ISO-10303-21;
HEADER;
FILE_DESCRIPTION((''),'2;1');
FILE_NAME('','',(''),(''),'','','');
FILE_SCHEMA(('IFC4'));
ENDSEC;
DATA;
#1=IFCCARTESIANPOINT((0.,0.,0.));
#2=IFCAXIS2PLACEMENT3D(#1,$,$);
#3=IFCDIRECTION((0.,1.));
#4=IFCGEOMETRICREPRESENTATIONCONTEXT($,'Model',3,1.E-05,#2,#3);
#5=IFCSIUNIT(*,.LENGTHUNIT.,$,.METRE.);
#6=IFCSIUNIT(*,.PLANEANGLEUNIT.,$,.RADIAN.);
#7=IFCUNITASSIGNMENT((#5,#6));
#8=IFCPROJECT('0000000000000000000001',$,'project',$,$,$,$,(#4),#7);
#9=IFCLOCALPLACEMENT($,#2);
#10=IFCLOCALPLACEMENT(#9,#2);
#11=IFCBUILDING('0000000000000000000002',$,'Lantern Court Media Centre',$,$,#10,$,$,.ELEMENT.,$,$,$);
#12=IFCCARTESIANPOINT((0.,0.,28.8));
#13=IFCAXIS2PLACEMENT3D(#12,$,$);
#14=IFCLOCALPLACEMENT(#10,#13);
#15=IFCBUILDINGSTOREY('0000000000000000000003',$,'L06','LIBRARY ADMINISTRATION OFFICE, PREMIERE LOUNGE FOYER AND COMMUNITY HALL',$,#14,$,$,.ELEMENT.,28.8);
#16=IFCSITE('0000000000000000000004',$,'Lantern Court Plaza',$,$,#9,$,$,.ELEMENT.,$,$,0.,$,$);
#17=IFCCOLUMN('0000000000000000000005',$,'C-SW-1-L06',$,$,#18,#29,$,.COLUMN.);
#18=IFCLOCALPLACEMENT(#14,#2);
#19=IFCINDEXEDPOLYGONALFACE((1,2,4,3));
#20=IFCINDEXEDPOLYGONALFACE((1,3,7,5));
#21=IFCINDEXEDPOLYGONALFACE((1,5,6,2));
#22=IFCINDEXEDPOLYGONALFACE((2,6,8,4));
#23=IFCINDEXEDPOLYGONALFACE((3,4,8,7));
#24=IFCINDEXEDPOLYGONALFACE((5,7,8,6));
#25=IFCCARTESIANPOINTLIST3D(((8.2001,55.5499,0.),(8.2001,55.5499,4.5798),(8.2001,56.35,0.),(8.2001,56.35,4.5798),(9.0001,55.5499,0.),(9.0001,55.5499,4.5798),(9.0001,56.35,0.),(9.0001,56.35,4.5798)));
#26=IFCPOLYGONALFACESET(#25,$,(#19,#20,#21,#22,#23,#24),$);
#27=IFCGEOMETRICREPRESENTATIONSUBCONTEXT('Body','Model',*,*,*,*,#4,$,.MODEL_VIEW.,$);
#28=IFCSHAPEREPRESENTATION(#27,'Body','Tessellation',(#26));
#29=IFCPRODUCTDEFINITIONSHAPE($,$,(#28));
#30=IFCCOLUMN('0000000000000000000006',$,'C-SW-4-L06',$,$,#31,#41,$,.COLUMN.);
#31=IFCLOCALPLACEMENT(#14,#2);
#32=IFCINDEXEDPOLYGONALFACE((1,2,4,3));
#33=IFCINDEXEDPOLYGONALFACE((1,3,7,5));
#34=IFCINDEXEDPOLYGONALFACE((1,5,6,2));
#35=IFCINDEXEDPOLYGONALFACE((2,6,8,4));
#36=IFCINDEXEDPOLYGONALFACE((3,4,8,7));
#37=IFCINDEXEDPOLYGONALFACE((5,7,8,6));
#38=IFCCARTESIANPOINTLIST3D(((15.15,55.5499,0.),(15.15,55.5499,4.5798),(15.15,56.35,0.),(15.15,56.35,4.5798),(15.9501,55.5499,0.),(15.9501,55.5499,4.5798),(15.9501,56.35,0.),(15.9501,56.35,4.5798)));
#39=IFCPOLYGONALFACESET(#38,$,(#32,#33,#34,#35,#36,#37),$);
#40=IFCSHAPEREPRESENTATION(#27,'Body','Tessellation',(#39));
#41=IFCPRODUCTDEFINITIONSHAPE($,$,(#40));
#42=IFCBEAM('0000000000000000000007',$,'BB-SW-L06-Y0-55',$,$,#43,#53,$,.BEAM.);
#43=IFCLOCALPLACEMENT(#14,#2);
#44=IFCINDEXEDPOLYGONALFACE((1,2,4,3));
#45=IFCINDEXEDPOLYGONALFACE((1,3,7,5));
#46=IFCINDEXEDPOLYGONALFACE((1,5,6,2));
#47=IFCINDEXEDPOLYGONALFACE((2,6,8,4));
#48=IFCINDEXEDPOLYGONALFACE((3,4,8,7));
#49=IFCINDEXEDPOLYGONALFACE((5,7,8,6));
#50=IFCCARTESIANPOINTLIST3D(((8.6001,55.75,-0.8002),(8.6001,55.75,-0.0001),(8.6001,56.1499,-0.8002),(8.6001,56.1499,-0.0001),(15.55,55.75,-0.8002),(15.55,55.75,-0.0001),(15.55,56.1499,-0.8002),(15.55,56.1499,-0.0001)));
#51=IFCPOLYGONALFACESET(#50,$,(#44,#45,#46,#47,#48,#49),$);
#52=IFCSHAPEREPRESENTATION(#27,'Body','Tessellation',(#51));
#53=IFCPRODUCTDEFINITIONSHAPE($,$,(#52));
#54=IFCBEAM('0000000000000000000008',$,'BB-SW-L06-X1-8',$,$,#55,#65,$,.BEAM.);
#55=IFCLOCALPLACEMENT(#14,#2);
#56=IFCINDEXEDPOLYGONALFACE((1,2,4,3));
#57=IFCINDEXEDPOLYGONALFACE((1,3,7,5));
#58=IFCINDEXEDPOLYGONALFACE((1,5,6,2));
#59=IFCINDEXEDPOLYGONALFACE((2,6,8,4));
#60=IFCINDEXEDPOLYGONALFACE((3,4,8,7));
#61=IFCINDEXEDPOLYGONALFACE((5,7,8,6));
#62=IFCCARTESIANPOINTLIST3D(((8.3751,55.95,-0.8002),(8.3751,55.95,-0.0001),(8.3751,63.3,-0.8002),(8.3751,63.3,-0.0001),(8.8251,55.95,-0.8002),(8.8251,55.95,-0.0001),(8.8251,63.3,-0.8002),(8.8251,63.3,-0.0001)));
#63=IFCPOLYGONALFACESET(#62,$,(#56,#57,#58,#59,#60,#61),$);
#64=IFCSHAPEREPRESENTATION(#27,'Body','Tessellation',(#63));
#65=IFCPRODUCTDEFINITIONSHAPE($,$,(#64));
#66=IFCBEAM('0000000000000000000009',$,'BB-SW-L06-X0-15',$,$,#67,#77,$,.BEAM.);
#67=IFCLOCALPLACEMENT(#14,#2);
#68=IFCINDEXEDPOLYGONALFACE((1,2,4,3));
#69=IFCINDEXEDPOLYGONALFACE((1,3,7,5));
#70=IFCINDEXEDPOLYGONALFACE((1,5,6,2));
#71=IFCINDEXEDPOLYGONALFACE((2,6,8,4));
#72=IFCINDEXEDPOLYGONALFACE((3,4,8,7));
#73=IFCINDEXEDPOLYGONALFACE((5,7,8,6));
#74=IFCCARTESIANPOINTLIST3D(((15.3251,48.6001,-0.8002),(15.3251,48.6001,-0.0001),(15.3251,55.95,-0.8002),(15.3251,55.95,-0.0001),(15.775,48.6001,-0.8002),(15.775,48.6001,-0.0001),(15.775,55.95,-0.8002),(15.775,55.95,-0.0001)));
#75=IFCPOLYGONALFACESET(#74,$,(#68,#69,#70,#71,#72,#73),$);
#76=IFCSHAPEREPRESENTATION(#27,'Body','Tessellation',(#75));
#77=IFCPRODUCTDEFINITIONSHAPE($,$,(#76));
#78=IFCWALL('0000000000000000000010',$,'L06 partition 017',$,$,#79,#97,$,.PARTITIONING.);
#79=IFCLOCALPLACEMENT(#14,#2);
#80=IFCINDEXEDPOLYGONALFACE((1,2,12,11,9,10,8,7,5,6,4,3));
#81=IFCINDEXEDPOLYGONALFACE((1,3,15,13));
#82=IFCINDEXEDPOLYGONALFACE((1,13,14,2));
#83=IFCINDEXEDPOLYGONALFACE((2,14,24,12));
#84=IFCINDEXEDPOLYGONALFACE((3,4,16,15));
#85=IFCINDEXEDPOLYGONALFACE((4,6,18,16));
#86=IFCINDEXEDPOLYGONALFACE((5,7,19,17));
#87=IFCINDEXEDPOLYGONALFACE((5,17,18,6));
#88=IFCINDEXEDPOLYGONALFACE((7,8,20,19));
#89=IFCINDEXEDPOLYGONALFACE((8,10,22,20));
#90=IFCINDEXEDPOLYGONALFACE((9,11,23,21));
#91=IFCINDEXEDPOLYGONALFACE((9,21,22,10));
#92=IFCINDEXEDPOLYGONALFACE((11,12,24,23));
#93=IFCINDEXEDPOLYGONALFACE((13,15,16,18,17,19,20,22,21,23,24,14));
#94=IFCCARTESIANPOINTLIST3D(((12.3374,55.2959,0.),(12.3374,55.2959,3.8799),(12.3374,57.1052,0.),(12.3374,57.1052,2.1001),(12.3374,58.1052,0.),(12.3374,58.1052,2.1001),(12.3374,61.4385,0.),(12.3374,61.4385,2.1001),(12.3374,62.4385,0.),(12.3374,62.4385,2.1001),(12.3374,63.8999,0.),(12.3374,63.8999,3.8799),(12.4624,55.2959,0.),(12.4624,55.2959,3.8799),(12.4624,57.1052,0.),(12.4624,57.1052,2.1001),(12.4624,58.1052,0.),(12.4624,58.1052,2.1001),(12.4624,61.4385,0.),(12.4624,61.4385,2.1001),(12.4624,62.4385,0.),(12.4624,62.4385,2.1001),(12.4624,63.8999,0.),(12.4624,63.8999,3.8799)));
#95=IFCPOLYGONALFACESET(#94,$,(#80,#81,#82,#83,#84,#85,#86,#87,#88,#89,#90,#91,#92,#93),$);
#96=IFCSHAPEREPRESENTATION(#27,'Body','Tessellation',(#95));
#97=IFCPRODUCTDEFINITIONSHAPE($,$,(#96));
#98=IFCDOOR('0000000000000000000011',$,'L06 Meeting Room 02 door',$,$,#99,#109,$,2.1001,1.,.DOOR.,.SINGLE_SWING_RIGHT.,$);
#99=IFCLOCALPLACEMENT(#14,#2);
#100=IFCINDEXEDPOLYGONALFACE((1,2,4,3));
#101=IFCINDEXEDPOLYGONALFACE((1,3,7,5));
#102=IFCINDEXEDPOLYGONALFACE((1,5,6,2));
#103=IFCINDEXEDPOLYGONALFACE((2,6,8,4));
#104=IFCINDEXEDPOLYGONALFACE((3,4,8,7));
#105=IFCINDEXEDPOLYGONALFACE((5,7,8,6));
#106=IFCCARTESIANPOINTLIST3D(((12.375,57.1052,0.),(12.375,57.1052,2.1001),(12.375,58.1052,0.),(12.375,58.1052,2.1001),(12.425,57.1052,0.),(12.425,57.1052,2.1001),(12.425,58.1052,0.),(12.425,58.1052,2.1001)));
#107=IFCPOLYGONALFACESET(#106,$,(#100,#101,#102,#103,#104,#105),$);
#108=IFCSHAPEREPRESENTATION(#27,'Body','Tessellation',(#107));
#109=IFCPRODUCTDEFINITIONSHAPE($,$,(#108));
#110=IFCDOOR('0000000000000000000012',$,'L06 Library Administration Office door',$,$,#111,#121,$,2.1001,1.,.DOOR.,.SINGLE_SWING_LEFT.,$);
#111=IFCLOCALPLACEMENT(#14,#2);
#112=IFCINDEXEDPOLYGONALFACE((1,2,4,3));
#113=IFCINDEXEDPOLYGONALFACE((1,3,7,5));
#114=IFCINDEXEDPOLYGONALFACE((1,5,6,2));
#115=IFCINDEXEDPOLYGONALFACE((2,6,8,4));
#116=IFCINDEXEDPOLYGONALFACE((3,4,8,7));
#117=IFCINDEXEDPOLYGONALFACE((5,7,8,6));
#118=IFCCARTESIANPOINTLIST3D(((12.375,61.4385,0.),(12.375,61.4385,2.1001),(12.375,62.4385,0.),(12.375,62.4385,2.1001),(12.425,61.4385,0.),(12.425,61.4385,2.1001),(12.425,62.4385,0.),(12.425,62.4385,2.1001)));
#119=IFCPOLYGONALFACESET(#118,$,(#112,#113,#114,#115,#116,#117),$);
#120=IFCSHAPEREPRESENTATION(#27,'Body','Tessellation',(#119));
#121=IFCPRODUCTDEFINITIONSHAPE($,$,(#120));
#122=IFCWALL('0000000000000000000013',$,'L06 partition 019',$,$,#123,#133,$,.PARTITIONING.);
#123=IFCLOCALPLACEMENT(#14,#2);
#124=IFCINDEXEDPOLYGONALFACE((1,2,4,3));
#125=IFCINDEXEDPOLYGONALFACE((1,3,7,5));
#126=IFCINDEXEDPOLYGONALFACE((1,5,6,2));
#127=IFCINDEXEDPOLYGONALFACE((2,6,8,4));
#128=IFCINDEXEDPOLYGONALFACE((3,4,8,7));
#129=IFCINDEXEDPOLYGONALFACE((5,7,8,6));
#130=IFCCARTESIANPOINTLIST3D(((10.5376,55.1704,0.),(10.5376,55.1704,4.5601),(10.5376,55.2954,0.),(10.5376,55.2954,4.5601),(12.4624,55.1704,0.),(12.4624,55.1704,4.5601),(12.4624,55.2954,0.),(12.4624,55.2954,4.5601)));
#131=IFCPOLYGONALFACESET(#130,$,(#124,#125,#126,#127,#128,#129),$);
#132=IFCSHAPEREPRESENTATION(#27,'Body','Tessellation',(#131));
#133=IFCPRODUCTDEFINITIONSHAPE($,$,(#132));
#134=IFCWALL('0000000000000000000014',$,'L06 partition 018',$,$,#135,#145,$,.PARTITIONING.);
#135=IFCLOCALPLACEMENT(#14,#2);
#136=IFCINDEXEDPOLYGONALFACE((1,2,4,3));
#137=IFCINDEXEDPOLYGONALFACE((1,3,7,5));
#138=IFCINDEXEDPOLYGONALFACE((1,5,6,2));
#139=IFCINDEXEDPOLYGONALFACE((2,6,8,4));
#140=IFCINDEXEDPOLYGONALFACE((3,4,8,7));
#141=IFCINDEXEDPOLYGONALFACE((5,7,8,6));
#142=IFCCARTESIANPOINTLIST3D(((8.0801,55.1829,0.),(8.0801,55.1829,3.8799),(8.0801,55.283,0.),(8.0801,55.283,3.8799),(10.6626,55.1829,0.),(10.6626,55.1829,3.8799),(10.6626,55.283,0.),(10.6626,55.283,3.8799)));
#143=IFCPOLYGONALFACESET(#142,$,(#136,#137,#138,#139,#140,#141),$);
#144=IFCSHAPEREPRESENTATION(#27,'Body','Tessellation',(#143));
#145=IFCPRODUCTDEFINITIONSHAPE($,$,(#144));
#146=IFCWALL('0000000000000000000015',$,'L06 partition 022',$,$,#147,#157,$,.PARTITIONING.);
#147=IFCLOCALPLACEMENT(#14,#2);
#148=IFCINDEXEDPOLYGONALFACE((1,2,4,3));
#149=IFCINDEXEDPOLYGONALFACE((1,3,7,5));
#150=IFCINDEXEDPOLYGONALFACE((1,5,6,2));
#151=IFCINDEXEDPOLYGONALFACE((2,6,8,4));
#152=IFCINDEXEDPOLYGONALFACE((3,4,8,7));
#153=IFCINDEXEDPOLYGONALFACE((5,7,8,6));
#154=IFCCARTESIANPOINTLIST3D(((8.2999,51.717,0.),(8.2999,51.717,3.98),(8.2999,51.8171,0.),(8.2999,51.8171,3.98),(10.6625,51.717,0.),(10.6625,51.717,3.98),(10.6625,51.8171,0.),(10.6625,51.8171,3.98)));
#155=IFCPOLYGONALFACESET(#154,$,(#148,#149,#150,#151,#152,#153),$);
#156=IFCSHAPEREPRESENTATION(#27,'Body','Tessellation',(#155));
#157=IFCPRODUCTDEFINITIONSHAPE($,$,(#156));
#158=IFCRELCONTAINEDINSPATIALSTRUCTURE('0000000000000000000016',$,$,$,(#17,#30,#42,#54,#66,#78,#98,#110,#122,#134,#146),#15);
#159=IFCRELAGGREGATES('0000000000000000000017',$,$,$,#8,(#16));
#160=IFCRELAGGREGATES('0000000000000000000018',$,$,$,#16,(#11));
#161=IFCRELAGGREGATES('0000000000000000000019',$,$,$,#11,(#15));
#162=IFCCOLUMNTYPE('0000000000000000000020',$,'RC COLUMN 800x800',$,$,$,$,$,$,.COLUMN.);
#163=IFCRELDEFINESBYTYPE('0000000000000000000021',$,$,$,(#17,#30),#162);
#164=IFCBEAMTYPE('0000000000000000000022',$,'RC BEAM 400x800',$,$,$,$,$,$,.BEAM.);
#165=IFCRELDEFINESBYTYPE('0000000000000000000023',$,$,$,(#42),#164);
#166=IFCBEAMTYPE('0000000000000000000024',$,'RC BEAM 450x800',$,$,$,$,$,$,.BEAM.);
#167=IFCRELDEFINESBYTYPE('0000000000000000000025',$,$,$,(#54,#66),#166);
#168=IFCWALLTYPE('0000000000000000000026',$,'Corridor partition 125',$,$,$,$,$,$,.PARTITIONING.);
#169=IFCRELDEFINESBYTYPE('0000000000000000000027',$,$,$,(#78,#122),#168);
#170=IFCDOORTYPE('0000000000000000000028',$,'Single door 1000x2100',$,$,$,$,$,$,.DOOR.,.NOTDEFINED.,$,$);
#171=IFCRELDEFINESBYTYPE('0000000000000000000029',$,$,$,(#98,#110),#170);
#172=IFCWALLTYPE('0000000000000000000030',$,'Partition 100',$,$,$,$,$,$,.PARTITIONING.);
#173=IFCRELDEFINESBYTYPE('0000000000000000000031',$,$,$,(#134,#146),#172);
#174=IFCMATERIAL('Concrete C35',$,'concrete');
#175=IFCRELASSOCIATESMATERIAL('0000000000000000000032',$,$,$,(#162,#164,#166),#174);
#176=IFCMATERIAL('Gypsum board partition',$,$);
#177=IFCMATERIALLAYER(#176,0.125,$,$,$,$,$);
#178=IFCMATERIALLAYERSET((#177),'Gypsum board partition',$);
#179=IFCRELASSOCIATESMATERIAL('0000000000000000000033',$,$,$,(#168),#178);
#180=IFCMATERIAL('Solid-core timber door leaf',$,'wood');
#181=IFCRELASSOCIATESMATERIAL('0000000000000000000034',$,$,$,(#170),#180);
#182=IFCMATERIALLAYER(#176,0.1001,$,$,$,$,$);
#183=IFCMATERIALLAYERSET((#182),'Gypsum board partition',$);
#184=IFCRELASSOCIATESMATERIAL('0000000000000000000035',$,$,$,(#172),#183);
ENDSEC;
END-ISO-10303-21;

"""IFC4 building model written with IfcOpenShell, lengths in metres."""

from ifc_helpers import new_model, si_unit, direction, frame, frame_2d, origin, origin_2d, place, context, subcontext, project, spatial, rectangle, extrude, material, layer, layer_set, material_profile, profile_set, type_object, element, fill, save


model = new_model("IFC4")

# Units and contexts
model_context = context("Model", 3, precision=1e-05, world=origin(), true_north=direction((0.0, 1.0)))
body_context = subcontext(model_context, "Body", "Model", "MODEL_VIEW")
ifc_project = project(units=[si_unit("LENGTHUNIT", "METRE"), si_unit("PLANEANGLEUNIT", "RADIAN")], contexts=[model_context])

# Site, building, storey
site_placement = place(None, origin())
site = spatial("IfcSite", under=ifc_project, at=site_placement, Name="Lantern Court Plaza", CompositionType="ELEMENT", RefElevation=0.0)
building_placement = place(site_placement, origin())
building = spatial("IfcBuilding", under=site, at=building_placement, Name="Lantern Court Media Centre", CompositionType="ELEMENT")
storey_placement = place(building_placement, frame((0.0, 0.0, 28.8)))
storey = spatial("IfcBuildingStorey", under=building, at=storey_placement, Name="L06", Description="LIBRARY ADMINISTRATION OFFICE, PREMIERE LOUNGE FOYER AND COMMUNITY HALL", CompositionType="ELEMENT", Elevation=28.8)

# Columns
ifc_material_1 = material(Name="Concrete C35", Category="concrete")
ifc_material_profile_1 = material_profile(ifc_material_1, rectangle(XDim=0.8, YDim=0.8, at=origin_2d()), Name="RC 800x800")
ifc_profile_set_1 = profile_set([ifc_material_profile_1], Name="Concrete C35")
column_type = type_object("IfcColumnType", Name="RC COLUMN 800x800", PredefinedType="COLUMN", material=ifc_profile_set_1)
for number, where, z_axis, x_axis, name in (
    (1, (8.6001, 55.95, 0.0), (0.0, 0.0, 1.0), (1.0, 0.0, 0.0), "C-SW-1-L06"),
    (2, (15.55, 55.95, 0.0), (0.0, 0.0, 1.0), (1.0, 0.0, 0.0), "C-SW-4-L06"),
):
    element("IfcColumn", number, at=place(storey_placement, frame(where, z_axis=z_axis, x_axis=x_axis)), inside=storey, type_object=column_type, Name=name, PredefinedType="COLUMN", context=body_context, shape_type="SweptSolid", body=[
        extrude(rectangle(XDim=0.8, YDim=0.8, at=origin_2d()), origin(), (0.0, 0.0, 1.0), 4.5798),
    ])

# Beams
ifc_material_profile_2 = material_profile(ifc_material_1, rectangle(XDim=0.3999, YDim=0.8, at=origin_2d()), Name="RC 400x800")
ifc_profile_set_2 = profile_set([ifc_material_profile_2], Name="Concrete C35")
beam_type_1 = type_object("IfcBeamType", Name="RC BEAM 400x800", PredefinedType="BEAM", material=ifc_profile_set_2)
beam_1_placement = place(storey_placement, frame((8.6001, 55.95, -0.4001), z_axis=(1.0, 0.0, 0.0), x_axis=(0.0, 1.0, 0.0)))
element("IfcBeam", 3, at=beam_1_placement, inside=storey, type_object=beam_type_1, Name="BB-SW-L06-Y0-55", PredefinedType="BEAM", context=body_context, shape_type="SweptSolid", body=[
    extrude(rectangle(XDim=0.3999, YDim=0.8, at=origin_2d()), origin(), (0.0, 0.0, 1.0), 6.95),
])
ifc_material_profile_3 = material_profile(ifc_material_1, rectangle(XDim=0.45, YDim=0.8, at=origin_2d()), Name="RC 450x800")
ifc_profile_set_3 = profile_set([ifc_material_profile_3], Name="Concrete C35")
beam_type_2 = type_object("IfcBeamType", Name="RC BEAM 450x800", PredefinedType="BEAM", material=ifc_profile_set_3)
beam_2_placement = place(storey_placement, frame((8.6001, 55.95, -0.4001), z_axis=(0.0, 1.0, 0.0), x_axis=(-1.0, 0.0, 0.0)))
element("IfcBeam", 4, at=beam_2_placement, inside=storey, type_object=beam_type_2, Name="BB-SW-L06-X1-8", PredefinedType="BEAM", context=body_context, shape_type="SweptSolid", body=[
    extrude(rectangle(XDim=0.45, YDim=0.8, at=origin_2d()), origin(), (0.0, 0.0, 1.0), 7.3501),
])
beam_3_placement = place(storey_placement, frame((15.55, 48.6001, -0.4001), z_axis=(0.0, 1.0, 0.0), x_axis=(-1.0, 0.0, 0.0)))
element("IfcBeam", 5, at=beam_3_placement, inside=storey, type_object=beam_type_2, Name="BB-SW-L06-X0-15", PredefinedType="BEAM", context=body_context, shape_type="SweptSolid", body=[
    extrude(rectangle(XDim=0.45, YDim=0.8, at=origin_2d()), origin(), (0.0, 0.0, 1.0), 7.3499),
])

# Wall, openings, doors
ifc_material_2 = material(Name="Gypsum board partition")
ifc_layer_1 = layer(ifc_material_2, 0.125)
ifc_layer_set_1 = layer_set([ifc_layer_1], Name="Gypsum board partition")
wall_type_1 = type_object("IfcWallType", Name="Corridor partition 125", PredefinedType="PARTITIONING", material=ifc_layer_set_1)
wall_1_placement = place(storey_placement, frame((12.3999, 55.2959, 0.0), z_axis=(0.0, 0.0, 1.0), x_axis=(0.0, 1.0, 0.0)))
wall_1 = element("IfcWall", 6, at=wall_1_placement, inside=storey, type_object=wall_type_1, Name="L06 partition 017", PredefinedType="PARTITIONING", context=body_context, shape_type="SweptSolid", body=[
    extrude(rectangle(XDim=8.604, YDim=0.125, at=frame_2d((4.302, 0.0))), origin(), (0.0, 0.0, 1.0), 3.8799),
])
opening_1_placement = place(wall_1_placement, frame((1.8093, 0.0, 0.0)))
opening_1 = element("IfcOpeningElement", 7, at=opening_1_placement, cuts=wall_1, PredefinedType="OPENING", context=body_context, shape_type="SweptSolid", body=[
    extrude(rectangle(XDim=1.0, YDim=2.1001, at=frame_2d((0.5, 1.05))), frame((0.0, 0.0725, 0.0), z_axis=(0.0, -1.0, 0.0), x_axis=(1.0, 0.0, 0.0)), (0.0, 0.0, 1.0), 0.145),
])
opening_2_placement = place(wall_1_placement, frame((6.1426, 0.0, 0.0)))
opening_2 = element("IfcOpeningElement", 8, at=opening_2_placement, cuts=wall_1, PredefinedType="OPENING", context=body_context, shape_type="SweptSolid", body=[
    extrude(rectangle(XDim=1.0, YDim=2.1001, at=frame_2d((0.5, 1.05))), frame((0.0, 0.0725, 0.0), z_axis=(0.0, -1.0, 0.0), x_axis=(1.0, 0.0, 0.0)), (0.0, 0.0, 1.0), 0.145),
])
ifc_material_3 = material(Name="Solid-core timber door leaf", Category="wood")
door_type = type_object("IfcDoorType", Name="Single door 1000x2100", OperationType="NOTDEFINED", PredefinedType="DOOR", material=ifc_material_3)
door_1_placement = place(opening_1_placement, origin())
door_1 = element("IfcDoor", 9, at=door_1_placement, inside=storey, type_object=door_type, Name="L06 Meeting Room 02 door", OperationType="SINGLE_SWING_RIGHT", OverallHeight=2.1001, OverallWidth=1.0, PredefinedType="DOOR", context=body_context, shape_type="SweptSolid", body=[
    extrude(rectangle(XDim=1.0, YDim=2.1001, at=frame_2d((0.5, 1.05))), frame((0.0, 0.0249, 0.0), z_axis=(0.0, -1.0, 0.0), x_axis=(1.0, 0.0, 0.0)), (0.0, 0.0, 1.0), 0.05),
])
fill(opening_1, door_1)
door_2_placement = place(opening_2_placement, origin())
door_2 = element("IfcDoor", 10, at=door_2_placement, inside=storey, type_object=door_type, Name="L06 Library Administration Office door", OperationType="SINGLE_SWING_LEFT", OverallHeight=2.1001, OverallWidth=1.0, PredefinedType="DOOR", context=body_context, shape_type="SweptSolid", body=[
    extrude(rectangle(XDim=1.0, YDim=2.1001, at=frame_2d((0.5, 1.05))), frame((0.0, 0.0249, 0.0), z_axis=(0.0, -1.0, 0.0), x_axis=(1.0, 0.0, 0.0)), (0.0, 0.0, 1.0), 0.05),
])
fill(opening_2, door_2)

# Walls
wall_2_placement = place(storey_placement, frame((10.5376, 55.2329, 0.0), z_axis=(0.0, 0.0, 1.0), x_axis=(1.0, 0.0, 0.0)))
element("IfcWall", 11, at=wall_2_placement, inside=storey, type_object=wall_type_1, Name="L06 partition 019", PredefinedType="PARTITIONING", context=body_context, shape_type="SweptSolid", body=[
    extrude(rectangle(XDim=1.9248, YDim=0.125, at=frame_2d((0.9624, 0.0))), origin(), (0.0, 0.0, 1.0), 4.5601),
])
ifc_layer_2 = layer(ifc_material_2, 0.1001)
ifc_layer_set_2 = layer_set([ifc_layer_2], Name="Gypsum board partition")
wall_type_2 = type_object("IfcWallType", Name="Partition 100", PredefinedType="PARTITIONING", material=ifc_layer_set_2)
wall_3_placement = place(storey_placement, frame((8.0801, 55.2329, 0.0), z_axis=(0.0, 0.0, 1.0), x_axis=(1.0, 0.0, 0.0)))
element("IfcWall", 12, at=wall_3_placement, inside=storey, type_object=wall_type_2, Name="L06 partition 018", PredefinedType="PARTITIONING", context=body_context, shape_type="SweptSolid", body=[
    extrude(rectangle(XDim=2.5825, YDim=0.1001, at=frame_2d((1.2913, 0.0))), origin(), (0.0, 0.0, 1.0), 3.8799),
])
wall_4_placement = place(storey_placement, frame((8.3, 51.7671, 0.0), z_axis=(0.0, 0.0, 1.0), x_axis=(1.0, 0.0, 0.0)))
element("IfcWall", 13, at=wall_4_placement, inside=storey, type_object=wall_type_2, Name="L06 partition 022", PredefinedType="PARTITIONING", context=body_context, shape_type="SweptSolid", body=[
    extrude(rectangle(XDim=2.3625, YDim=0.1001, at=frame_2d((1.1812, 0.0))), origin(), (0.0, 0.0, 1.0), 3.98),
])

save(model, "model.ifc")
